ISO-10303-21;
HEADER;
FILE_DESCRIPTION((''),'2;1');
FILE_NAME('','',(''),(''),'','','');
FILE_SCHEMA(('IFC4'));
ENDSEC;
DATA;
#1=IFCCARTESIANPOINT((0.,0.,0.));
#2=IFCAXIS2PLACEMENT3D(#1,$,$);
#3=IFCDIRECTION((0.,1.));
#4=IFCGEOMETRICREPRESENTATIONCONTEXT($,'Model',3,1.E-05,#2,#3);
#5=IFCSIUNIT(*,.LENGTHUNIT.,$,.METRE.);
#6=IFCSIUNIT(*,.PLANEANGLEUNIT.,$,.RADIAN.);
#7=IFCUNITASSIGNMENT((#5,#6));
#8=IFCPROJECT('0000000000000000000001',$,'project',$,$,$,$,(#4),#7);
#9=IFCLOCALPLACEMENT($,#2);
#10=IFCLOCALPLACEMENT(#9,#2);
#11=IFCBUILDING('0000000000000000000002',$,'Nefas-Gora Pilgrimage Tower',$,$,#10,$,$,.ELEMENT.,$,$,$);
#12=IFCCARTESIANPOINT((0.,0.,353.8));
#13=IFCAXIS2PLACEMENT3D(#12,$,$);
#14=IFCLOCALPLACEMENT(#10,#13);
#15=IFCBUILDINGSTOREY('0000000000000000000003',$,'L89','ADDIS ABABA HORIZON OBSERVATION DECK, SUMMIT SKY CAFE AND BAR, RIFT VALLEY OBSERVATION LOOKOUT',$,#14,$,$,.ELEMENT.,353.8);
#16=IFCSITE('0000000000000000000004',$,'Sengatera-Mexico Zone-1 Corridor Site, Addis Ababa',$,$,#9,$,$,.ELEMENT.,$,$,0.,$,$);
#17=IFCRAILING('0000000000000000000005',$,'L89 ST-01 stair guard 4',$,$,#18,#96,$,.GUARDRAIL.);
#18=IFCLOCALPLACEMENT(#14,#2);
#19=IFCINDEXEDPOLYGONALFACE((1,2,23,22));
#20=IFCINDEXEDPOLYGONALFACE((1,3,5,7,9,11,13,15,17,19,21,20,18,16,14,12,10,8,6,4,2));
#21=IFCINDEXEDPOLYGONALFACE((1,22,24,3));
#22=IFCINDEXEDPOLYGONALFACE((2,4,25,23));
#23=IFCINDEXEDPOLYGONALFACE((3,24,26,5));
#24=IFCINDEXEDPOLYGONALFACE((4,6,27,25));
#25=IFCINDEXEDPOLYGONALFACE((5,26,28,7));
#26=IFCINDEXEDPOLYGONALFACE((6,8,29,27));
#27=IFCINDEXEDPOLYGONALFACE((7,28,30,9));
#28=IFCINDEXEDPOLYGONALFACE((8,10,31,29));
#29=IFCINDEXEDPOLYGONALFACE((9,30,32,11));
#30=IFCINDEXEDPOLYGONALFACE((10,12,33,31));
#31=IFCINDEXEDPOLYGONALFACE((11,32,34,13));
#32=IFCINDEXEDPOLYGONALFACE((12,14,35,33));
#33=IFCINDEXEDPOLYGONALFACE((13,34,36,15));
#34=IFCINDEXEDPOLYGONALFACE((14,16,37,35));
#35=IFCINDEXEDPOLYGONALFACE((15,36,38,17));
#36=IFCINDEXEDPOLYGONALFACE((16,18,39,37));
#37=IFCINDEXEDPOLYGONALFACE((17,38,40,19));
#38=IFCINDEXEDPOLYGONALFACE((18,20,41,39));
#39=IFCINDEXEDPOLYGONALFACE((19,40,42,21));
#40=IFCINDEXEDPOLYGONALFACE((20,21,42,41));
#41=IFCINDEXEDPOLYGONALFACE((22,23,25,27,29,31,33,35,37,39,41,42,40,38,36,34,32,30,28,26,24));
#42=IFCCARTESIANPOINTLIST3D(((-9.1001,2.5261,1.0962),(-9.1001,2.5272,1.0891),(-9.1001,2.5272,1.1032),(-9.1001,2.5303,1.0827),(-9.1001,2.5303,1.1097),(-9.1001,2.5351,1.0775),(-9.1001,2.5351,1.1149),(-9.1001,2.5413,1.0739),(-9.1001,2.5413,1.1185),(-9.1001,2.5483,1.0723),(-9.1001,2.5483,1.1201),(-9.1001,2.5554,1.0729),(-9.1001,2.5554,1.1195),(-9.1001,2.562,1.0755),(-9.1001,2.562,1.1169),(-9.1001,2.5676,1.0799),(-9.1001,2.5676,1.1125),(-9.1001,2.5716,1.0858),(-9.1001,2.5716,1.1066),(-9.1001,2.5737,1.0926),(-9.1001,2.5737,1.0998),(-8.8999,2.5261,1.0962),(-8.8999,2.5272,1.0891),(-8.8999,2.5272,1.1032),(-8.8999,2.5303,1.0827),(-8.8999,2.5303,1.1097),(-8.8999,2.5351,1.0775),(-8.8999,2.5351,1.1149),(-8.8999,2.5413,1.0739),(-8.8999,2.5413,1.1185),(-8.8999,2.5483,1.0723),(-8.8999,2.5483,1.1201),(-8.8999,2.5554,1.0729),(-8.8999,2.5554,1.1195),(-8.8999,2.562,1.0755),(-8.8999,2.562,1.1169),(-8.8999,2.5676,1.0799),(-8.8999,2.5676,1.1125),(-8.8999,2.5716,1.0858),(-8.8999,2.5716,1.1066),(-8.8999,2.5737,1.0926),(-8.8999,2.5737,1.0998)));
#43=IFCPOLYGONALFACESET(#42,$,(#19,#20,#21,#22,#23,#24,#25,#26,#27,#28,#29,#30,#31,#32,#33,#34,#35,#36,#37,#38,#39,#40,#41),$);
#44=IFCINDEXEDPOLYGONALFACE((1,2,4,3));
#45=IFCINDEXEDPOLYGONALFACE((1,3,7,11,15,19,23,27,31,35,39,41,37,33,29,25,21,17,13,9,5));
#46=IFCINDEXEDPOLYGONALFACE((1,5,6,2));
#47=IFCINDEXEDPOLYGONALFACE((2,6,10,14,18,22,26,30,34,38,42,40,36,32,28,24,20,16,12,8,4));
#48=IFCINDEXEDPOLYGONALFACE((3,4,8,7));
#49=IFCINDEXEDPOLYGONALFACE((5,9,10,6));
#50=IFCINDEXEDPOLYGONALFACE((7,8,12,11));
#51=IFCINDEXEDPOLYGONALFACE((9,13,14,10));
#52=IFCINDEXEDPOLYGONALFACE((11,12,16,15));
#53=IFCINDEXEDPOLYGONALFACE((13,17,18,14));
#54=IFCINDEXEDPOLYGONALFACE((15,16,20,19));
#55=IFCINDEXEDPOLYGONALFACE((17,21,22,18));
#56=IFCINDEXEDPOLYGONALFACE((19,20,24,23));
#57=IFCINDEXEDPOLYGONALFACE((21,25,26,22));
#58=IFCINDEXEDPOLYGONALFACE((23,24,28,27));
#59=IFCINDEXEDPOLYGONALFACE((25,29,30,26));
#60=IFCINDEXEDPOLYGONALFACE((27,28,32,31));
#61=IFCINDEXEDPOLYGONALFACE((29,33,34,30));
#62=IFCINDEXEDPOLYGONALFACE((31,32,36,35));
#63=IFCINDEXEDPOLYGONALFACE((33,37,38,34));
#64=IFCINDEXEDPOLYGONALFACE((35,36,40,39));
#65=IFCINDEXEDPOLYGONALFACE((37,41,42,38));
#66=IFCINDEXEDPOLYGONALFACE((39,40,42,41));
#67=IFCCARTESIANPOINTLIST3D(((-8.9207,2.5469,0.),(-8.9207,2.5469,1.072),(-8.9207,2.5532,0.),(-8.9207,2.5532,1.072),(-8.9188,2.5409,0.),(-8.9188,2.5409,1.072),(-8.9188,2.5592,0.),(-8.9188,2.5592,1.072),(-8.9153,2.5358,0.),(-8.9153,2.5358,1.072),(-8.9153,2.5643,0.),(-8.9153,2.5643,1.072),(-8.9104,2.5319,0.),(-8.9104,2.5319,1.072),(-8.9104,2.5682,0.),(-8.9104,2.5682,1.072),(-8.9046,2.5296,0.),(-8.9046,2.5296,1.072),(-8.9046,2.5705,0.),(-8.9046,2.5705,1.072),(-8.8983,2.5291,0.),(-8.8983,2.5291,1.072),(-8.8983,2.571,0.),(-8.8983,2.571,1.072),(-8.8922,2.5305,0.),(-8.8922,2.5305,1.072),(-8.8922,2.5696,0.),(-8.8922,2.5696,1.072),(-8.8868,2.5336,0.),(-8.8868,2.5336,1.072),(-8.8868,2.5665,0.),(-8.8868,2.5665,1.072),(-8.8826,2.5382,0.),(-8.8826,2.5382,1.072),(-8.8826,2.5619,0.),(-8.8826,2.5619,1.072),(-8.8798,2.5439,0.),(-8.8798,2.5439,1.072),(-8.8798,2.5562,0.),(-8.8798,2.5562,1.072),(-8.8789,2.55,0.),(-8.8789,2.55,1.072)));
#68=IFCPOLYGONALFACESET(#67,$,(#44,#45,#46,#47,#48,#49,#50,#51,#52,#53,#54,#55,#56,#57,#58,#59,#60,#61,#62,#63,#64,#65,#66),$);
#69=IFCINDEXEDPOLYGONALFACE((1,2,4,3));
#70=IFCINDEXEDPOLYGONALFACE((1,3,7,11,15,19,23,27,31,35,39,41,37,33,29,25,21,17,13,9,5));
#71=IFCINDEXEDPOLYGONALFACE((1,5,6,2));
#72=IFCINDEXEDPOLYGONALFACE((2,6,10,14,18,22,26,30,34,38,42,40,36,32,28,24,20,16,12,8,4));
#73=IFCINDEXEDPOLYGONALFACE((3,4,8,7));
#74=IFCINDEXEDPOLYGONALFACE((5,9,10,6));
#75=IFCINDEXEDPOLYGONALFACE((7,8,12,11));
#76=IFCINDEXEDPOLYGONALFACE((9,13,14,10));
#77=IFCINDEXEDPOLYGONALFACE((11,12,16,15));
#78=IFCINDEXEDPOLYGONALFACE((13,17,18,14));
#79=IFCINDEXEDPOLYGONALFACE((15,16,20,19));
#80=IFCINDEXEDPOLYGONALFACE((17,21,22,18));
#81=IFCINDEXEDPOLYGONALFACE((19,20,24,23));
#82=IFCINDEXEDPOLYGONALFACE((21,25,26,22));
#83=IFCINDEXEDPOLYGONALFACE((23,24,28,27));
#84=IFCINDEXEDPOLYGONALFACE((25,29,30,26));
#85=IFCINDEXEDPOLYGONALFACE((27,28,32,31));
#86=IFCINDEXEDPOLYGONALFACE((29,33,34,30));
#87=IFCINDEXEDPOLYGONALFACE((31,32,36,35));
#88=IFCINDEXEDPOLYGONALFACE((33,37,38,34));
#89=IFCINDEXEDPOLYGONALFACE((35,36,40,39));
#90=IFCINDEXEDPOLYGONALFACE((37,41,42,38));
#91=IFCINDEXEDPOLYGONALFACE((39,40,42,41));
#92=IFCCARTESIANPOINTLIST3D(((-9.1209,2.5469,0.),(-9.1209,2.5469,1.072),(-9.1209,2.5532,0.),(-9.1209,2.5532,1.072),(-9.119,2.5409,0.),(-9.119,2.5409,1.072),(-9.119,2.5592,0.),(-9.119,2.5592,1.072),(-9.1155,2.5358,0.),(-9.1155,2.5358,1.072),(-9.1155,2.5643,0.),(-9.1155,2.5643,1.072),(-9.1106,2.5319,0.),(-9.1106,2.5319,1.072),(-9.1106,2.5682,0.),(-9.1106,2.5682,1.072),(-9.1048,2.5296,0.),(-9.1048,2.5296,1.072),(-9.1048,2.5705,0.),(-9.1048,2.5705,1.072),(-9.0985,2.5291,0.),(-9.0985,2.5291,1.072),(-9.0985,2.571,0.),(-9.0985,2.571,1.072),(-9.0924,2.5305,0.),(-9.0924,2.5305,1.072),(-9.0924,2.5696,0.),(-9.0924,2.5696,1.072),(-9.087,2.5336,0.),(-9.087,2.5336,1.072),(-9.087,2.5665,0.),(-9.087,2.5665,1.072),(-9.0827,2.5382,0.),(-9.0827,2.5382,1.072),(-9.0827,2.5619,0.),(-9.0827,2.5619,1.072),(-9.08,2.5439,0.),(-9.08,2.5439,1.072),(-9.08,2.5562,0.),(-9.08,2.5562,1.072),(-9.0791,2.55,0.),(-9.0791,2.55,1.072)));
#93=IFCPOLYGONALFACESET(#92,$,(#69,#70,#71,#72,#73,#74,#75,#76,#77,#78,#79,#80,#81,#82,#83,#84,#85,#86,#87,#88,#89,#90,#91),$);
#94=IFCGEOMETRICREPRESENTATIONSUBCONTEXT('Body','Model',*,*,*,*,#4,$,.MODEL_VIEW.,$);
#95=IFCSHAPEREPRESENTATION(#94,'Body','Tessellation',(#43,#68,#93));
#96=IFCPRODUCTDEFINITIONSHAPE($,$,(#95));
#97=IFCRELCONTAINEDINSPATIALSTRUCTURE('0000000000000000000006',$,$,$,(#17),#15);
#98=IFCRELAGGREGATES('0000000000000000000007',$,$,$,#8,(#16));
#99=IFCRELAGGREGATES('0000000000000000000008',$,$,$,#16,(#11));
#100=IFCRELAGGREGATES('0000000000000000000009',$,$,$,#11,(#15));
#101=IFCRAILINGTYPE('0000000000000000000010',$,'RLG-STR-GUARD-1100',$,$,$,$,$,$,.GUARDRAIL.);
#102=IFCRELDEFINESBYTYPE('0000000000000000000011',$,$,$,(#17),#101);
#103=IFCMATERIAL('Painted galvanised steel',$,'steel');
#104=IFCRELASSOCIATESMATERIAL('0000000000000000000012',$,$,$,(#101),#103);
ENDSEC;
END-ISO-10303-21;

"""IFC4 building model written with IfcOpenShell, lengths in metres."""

from ifc_helpers import new_model, si_unit, direction, frame, origin, origin_2d, place, context, subcontext, project, spatial, circle, extrude, material, type_object, element, save


model = new_model("IFC4")

# Units and contexts
model_context = context("Model", 3, precision=1e-05, world=origin(), true_north=direction((0.0, 1.0)))
body_context = subcontext(model_context, "Body", "Model", "MODEL_VIEW")
ifc_project = project(units=[si_unit("LENGTHUNIT", "METRE"), si_unit("PLANEANGLEUNIT", "RADIAN")], contexts=[model_context])

# Site, building, storey
site_placement = place(None, origin())
site = spatial("IfcSite", under=ifc_project, at=site_placement, Name="Sengatera-Mexico Zone-1 Corridor Site, Addis Ababa", CompositionType="ELEMENT", RefElevation=0.0)
building_placement = place(site_placement, origin())
building = spatial("IfcBuilding", under=site, at=building_placement, Name="Nefas-Gora Pilgrimage Tower", CompositionType="ELEMENT")
storey_placement = place(building_placement, frame((0.0, 0.0, 353.8)))
storey = spatial("IfcBuildingStorey", under=building, at=storey_placement, Name="L89", Description="ADDIS ABABA HORIZON OBSERVATION DECK, SUMMIT SKY CAFE AND BAR, RIFT VALLEY OBSERVATION LOOKOUT", CompositionType="ELEMENT", Elevation=353.8)

# Railing
ifc_material_1 = material(Name="Painted galvanised steel", Category="steel")
railing_type_1 = type_object("IfcRailingType", Name="RLG-STR-GUARD-1100", PredefinedType="GUARDRAIL", material=ifc_material_1)
railing_1_placement = place(storey_placement, frame((-8.8999, 2.55, 0.0)))
element("IfcRailing", 1, at=railing_1_placement, inside=storey, type_object=railing_type_1, Name="L89 ST-01 stair guard 4", PredefinedType="GUARDRAIL", context=body_context, shape_type="SweptSolid", body=[
    extrude(circle(Radius=0.0239, at=origin_2d()), frame((0.0, 0.0, 1.0962), z_axis=(-1.0, 0.0, 0.0), x_axis=(0.0, -1.0, 0.0)), (0.0, 0.0, 1.0), 0.2002),
    extrude(circle(Radius=0.021, at=origin_2d()), origin(), (0.0, 0.0, 1.0), 1.072),
    extrude(circle(Radius=0.021, at=origin_2d()), frame((-0.2002, 0.0, 0.0)), (0.0, 0.0, 1.0), 1.072),
])

save(model, "model.ifc")
